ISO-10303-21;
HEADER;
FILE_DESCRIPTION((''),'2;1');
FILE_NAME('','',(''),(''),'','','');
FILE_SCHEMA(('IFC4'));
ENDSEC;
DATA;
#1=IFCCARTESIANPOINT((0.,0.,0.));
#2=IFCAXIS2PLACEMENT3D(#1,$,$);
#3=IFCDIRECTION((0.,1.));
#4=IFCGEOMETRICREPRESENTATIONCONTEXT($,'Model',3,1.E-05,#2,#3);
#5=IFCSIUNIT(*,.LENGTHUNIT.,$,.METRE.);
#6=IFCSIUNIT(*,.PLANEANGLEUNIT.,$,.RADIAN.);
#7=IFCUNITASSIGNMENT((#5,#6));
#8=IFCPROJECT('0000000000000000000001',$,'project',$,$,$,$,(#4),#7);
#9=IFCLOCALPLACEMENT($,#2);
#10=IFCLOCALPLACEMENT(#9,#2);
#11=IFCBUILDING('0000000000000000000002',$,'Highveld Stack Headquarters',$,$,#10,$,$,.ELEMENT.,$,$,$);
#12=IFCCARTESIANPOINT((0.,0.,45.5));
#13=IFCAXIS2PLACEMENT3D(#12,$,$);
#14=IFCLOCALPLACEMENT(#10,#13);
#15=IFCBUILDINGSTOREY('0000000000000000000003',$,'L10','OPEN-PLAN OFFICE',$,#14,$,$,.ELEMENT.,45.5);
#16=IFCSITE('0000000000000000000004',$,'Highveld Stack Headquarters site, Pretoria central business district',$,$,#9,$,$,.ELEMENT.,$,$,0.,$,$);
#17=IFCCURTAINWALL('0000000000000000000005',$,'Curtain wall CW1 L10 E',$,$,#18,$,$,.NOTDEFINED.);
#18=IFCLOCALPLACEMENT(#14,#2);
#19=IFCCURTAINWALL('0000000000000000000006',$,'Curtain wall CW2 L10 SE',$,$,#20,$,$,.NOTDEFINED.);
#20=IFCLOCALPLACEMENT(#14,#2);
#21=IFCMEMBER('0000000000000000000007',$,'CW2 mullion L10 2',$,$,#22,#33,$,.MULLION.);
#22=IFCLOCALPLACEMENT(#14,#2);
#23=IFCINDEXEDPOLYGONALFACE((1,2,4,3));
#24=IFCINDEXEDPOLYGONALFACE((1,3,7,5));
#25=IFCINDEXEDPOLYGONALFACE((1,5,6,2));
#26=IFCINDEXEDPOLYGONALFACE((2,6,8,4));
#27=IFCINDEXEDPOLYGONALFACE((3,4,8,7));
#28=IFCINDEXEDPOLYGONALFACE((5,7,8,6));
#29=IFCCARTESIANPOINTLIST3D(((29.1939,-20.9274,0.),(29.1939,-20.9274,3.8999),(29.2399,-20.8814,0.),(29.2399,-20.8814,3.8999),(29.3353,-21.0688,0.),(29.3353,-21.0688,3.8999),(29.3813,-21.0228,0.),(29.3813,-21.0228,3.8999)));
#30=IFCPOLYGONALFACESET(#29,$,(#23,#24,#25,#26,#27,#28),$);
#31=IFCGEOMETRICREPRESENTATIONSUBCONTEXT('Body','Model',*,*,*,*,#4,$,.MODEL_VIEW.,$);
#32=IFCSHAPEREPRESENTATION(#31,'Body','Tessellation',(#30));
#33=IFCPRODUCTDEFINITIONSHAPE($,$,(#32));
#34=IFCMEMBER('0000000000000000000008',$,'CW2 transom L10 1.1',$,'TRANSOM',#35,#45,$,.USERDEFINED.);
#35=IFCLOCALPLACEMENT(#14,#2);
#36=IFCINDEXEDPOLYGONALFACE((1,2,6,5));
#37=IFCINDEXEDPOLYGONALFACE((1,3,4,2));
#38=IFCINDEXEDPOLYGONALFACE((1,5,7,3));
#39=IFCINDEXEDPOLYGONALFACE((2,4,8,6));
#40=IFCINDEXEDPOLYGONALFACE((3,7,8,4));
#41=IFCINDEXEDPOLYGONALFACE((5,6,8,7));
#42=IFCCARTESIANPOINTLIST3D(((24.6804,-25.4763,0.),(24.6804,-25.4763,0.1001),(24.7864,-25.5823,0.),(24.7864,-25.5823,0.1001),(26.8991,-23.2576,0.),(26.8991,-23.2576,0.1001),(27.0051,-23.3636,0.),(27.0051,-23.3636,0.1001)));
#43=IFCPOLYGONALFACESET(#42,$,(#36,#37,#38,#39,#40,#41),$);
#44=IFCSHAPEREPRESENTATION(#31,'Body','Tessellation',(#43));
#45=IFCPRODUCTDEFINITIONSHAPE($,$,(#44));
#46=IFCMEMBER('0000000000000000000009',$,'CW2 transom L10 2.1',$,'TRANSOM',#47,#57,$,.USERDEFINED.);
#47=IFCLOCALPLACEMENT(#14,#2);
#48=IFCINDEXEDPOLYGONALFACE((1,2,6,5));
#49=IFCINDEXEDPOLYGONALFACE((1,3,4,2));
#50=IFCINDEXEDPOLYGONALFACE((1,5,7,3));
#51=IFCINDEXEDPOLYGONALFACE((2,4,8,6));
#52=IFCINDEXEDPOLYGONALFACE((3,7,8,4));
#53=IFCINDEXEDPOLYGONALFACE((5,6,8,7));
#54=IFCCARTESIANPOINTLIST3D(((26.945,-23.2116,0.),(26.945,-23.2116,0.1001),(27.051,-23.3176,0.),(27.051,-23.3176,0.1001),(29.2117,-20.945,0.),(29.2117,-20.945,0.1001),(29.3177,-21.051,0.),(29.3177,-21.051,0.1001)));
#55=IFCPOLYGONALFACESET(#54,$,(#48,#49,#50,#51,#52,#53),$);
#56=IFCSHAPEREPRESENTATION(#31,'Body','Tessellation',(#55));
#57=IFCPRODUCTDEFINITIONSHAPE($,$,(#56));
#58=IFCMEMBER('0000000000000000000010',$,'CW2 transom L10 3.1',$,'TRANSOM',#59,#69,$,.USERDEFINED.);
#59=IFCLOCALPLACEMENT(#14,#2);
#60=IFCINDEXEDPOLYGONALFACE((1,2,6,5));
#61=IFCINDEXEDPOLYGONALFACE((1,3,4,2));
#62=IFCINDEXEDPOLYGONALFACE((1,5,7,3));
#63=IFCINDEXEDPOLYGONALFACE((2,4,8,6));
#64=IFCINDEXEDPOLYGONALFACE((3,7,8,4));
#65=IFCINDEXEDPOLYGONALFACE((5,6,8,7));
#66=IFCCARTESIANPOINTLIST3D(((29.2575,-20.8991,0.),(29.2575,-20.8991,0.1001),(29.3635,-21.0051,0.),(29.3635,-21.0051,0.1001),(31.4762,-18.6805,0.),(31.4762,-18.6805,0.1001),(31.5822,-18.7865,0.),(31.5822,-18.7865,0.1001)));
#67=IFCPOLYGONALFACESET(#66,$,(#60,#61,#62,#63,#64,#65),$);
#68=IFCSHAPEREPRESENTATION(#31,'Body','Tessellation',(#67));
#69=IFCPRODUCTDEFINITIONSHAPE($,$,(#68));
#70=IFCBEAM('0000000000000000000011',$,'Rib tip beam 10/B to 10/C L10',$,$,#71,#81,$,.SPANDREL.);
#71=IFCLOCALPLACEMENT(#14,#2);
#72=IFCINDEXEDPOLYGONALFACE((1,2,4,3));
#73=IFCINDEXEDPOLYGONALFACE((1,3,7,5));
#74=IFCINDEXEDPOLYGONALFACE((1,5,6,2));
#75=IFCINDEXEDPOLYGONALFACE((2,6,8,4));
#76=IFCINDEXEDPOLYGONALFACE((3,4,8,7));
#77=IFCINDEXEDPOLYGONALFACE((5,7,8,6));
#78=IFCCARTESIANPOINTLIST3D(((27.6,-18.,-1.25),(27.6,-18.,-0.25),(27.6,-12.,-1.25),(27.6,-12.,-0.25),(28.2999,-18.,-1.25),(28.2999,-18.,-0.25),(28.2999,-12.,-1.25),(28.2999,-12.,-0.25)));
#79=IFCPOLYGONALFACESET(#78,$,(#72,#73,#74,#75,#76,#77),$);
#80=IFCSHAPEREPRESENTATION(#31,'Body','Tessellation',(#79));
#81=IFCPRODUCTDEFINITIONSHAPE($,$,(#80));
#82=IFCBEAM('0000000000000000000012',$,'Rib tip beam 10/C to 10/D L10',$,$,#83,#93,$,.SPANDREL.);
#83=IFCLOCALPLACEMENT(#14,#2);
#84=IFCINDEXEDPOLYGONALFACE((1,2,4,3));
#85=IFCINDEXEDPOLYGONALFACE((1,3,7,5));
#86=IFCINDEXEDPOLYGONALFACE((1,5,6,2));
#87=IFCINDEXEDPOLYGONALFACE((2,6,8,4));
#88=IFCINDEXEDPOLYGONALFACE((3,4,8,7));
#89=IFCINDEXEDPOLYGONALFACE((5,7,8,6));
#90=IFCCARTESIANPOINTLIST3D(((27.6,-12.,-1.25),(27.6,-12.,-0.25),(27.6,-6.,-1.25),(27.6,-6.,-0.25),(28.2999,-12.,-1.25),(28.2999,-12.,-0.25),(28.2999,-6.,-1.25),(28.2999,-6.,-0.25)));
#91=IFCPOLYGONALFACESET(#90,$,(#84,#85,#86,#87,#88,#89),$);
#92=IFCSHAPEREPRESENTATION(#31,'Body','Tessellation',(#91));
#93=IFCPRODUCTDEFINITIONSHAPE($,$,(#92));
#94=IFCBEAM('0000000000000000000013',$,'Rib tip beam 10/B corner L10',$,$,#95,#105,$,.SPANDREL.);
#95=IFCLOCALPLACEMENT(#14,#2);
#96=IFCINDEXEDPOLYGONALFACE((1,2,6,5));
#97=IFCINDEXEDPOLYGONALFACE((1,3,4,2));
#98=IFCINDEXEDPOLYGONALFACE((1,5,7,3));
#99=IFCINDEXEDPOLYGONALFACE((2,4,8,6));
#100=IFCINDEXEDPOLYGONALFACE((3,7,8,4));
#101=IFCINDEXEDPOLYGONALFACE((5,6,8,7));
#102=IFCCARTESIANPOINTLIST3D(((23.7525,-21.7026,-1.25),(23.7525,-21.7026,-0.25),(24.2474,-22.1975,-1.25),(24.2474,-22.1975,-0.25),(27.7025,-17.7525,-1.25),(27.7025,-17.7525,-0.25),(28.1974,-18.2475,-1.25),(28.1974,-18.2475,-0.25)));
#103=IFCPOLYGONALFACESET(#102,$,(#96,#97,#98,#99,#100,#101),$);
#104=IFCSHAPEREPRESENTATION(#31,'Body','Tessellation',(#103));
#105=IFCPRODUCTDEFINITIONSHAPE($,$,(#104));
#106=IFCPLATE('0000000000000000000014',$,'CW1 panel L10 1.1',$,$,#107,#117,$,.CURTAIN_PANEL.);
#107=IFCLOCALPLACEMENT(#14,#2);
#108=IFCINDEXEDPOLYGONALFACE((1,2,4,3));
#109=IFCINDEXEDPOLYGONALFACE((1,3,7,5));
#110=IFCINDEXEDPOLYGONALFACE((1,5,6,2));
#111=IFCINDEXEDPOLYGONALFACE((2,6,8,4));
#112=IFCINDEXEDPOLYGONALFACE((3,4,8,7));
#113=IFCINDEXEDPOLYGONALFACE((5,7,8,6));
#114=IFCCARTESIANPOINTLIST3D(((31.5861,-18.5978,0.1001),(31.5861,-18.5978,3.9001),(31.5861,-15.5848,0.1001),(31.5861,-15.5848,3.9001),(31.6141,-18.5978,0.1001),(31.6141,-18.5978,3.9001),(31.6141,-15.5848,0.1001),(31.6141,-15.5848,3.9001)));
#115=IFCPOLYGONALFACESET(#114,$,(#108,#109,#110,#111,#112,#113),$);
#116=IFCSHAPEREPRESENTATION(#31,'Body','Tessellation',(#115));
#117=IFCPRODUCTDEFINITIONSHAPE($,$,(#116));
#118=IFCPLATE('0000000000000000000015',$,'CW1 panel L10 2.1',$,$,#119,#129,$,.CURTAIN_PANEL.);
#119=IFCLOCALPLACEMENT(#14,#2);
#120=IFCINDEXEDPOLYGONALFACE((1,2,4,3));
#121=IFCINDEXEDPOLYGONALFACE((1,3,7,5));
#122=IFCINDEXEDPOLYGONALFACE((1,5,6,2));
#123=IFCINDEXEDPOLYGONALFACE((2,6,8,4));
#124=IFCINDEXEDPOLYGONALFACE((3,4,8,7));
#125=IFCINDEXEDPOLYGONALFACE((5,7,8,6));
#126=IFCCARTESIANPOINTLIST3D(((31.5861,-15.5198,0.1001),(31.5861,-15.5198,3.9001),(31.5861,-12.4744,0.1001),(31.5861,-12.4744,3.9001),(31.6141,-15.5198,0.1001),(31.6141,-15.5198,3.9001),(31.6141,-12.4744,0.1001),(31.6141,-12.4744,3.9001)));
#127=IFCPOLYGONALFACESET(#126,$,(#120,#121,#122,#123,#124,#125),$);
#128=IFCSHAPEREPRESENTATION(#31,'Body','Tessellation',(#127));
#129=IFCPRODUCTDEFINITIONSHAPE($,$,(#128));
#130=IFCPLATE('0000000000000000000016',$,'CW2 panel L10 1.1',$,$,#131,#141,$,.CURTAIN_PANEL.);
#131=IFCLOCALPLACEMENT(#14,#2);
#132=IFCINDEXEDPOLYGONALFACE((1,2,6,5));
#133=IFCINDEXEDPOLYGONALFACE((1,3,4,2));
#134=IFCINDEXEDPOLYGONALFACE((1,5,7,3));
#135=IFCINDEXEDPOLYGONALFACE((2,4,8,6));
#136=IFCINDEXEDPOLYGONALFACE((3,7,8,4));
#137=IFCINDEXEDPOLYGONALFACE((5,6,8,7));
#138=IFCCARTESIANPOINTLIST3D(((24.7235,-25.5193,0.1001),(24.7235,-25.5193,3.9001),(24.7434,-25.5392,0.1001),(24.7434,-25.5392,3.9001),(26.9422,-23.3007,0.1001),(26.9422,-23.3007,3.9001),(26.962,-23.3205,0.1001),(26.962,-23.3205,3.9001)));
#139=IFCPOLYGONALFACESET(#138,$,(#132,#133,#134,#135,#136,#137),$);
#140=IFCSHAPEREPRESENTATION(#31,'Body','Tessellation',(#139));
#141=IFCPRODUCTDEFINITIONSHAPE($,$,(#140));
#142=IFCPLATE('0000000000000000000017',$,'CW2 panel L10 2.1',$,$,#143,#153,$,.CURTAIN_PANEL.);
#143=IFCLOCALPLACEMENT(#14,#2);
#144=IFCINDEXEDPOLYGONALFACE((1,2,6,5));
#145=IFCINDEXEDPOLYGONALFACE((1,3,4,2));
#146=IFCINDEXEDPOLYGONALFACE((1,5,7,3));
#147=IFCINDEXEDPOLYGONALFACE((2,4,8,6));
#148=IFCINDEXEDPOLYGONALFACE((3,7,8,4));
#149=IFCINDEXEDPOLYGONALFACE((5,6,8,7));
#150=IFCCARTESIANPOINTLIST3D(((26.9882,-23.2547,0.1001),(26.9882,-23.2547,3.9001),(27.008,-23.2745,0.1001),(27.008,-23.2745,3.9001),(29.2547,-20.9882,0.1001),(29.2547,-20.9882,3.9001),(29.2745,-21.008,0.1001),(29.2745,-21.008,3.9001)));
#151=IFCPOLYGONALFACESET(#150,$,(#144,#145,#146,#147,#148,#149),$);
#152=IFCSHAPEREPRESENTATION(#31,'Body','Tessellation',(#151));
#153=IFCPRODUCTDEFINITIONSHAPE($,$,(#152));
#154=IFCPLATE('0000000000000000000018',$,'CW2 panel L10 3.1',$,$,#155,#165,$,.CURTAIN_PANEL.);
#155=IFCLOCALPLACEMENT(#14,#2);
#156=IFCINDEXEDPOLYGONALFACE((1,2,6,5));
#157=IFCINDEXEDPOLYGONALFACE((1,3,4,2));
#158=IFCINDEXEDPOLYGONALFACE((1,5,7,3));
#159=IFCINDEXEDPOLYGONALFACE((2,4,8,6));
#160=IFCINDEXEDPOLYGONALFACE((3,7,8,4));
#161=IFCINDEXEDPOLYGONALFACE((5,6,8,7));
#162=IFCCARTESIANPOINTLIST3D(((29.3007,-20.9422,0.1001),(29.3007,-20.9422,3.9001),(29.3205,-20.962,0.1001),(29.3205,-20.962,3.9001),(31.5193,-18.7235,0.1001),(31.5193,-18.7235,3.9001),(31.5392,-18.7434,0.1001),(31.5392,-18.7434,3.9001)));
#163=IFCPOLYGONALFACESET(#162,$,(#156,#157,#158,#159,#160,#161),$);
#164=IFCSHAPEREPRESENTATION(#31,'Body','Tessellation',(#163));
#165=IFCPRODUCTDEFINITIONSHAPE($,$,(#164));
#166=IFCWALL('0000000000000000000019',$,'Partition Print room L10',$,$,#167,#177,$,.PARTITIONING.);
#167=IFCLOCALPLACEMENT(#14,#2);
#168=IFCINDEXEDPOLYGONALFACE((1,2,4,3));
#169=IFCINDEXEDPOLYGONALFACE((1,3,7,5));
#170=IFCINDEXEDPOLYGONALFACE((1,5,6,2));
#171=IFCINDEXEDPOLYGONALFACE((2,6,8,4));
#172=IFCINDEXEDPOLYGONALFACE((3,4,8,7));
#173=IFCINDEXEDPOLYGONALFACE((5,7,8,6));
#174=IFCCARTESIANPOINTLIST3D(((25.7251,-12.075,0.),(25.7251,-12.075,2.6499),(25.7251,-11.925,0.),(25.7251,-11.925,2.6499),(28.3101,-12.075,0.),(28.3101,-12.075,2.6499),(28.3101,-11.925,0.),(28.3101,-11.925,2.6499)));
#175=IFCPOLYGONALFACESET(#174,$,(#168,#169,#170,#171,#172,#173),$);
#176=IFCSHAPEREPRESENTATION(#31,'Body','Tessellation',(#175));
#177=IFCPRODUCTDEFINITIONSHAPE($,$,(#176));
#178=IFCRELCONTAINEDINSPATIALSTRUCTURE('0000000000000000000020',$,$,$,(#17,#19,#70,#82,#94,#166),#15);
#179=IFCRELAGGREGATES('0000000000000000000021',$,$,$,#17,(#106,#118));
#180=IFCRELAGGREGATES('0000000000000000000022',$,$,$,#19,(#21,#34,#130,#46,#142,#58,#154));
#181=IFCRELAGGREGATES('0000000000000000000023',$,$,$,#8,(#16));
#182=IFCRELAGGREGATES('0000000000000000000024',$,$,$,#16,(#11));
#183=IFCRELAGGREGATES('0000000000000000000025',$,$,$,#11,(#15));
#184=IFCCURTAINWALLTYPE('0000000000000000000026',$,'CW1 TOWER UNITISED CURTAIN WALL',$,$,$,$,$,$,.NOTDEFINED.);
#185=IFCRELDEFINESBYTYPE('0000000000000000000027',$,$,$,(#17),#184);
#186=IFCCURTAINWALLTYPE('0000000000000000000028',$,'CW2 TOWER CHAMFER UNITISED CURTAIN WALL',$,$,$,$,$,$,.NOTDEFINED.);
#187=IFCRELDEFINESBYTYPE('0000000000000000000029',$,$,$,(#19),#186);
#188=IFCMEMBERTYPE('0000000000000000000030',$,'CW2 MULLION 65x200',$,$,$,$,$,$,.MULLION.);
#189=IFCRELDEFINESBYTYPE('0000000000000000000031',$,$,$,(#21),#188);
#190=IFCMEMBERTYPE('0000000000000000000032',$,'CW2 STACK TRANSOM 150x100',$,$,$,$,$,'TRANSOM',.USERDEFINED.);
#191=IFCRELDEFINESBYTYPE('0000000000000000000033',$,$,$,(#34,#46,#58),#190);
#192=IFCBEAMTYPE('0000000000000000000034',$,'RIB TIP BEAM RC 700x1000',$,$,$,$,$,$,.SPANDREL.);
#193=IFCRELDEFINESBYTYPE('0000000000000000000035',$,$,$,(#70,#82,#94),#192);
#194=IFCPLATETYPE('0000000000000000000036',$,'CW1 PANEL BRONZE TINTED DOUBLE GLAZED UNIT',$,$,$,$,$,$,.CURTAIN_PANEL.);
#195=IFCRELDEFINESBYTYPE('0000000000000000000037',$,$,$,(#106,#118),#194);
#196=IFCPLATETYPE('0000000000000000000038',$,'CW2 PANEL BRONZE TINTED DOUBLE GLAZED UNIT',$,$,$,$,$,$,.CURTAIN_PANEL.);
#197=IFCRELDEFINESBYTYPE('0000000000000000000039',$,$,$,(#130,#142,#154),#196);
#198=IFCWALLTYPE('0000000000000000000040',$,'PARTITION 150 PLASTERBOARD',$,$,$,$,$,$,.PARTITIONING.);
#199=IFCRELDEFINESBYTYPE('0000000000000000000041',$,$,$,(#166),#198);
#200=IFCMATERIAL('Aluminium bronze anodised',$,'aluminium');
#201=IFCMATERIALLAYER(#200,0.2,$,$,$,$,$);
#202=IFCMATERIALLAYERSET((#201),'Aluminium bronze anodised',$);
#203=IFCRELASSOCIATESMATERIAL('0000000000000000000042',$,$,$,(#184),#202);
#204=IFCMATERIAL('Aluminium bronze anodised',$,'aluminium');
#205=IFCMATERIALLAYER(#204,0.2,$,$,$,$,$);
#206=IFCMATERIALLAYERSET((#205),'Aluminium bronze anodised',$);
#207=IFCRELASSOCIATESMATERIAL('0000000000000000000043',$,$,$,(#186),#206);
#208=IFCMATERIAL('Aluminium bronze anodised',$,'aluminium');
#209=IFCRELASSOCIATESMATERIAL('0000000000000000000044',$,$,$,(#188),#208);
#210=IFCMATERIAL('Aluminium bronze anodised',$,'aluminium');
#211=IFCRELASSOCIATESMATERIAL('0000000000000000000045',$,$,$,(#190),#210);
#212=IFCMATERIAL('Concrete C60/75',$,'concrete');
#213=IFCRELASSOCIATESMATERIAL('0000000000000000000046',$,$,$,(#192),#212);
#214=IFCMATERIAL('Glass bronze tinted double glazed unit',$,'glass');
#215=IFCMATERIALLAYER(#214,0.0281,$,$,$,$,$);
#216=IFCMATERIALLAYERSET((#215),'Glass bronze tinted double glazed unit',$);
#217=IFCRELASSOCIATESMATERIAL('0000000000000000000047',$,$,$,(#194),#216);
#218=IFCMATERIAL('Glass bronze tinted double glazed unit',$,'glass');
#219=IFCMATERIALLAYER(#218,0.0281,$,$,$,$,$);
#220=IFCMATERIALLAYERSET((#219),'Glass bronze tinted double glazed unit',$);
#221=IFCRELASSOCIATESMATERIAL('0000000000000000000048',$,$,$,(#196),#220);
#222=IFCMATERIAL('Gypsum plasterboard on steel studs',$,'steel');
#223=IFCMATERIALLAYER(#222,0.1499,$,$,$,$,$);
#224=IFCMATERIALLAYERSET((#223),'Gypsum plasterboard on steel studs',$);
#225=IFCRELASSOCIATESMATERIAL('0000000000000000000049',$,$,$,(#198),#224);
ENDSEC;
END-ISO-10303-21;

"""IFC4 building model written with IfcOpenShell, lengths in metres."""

from ifc_helpers import new_model, si_unit, direction, frame, frame_2d, origin, origin_2d, place, context, subcontext, project, spatial, rectangle, extrude, material, layer, layer_set, material_profile, profile_set, type_object, element, aggregate, save


model = new_model("IFC4")

# Units and contexts
model_context = context("Model", 3, precision=1e-05, world=origin(), true_north=direction((0.0, 1.0)))
body_context = subcontext(model_context, "Body", "Model", "MODEL_VIEW")
ifc_project = project(units=[si_unit("LENGTHUNIT", "METRE"), si_unit("PLANEANGLEUNIT", "RADIAN")], contexts=[model_context])

# Site, building, storey
site_placement = place(None, origin())
site = spatial("IfcSite", under=ifc_project, at=site_placement, Name="Highveld Stack Headquarters site, Pretoria central business district", CompositionType="ELEMENT", RefElevation=0.0)
building_placement = place(site_placement, origin())
building = spatial("IfcBuilding", under=site, at=building_placement, Name="Highveld Stack Headquarters", CompositionType="ELEMENT")
storey_placement = place(building_placement, frame((0.0, 0.0, 45.5)))
storey = spatial("IfcBuildingStorey", under=building, at=storey_placement, Name="L10", Description="OPEN-PLAN OFFICE", CompositionType="ELEMENT", Elevation=45.5)

# Shared definitions
ifc_material_1 = material(Name="Aluminium bronze anodised", Category="aluminium")
ifc_layer_1 = layer(ifc_material_1, 0.2)
ifc_layer_set_1 = layer_set([ifc_layer_1], Name="Aluminium bronze anodised")
curtain_wall_type_1 = type_object("IfcCurtainWallType", Name="CW1 TOWER UNITISED CURTAIN WALL", PredefinedType="NOTDEFINED", material=ifc_layer_set_1)

# Curtain wall
curtain_wall_1_placement = place(storey_placement, origin())
curtain_wall_1 = element("IfcCurtainWall", 1, at=curtain_wall_1_placement, inside=storey, type_object=curtain_wall_type_1, Name="Curtain wall CW1 L10 E", PredefinedType="NOTDEFINED")

# Curtain wall, members
ifc_material_2 = material(Name="Aluminium bronze anodised", Category="aluminium")
ifc_layer_2 = layer(ifc_material_2, 0.2)
ifc_layer_set_2 = layer_set([ifc_layer_2], Name="Aluminium bronze anodised")
curtain_wall_type_2 = type_object("IfcCurtainWallType", Name="CW2 TOWER CHAMFER UNITISED CURTAIN WALL", PredefinedType="NOTDEFINED", material=ifc_layer_set_2)
curtain_wall_2_placement = place(storey_placement, origin())
curtain_wall_2 = element("IfcCurtainWall", 2, at=curtain_wall_2_placement, inside=storey, type_object=curtain_wall_type_2, Name="Curtain wall CW2 L10 SE", PredefinedType="NOTDEFINED")
ifc_material_3 = material(Name="Aluminium bronze anodised", Category="aluminium")
ifc_material_profile_1 = material_profile(ifc_material_3, rectangle(XDim=0.2, YDim=0.0649, at=origin_2d()), Name="CW2 MULLION 65x200")
ifc_profile_set_1 = profile_set([ifc_material_profile_1], Name="Aluminium bronze anodised")
member_type_1 = type_object("IfcMemberType", Name="CW2 MULLION 65x200", PredefinedType="MULLION", material=ifc_profile_set_1)
member_1_placement = place(storey_placement, frame((29.2876, -20.9751, 0.0), z_axis=(0.0, 0.0, 1.0), x_axis=(-0.707107, 0.707107, 0.0)))
member_1 = element("IfcMember", 3, at=member_1_placement, type_object=member_type_1, Name="CW2 mullion L10 2", PredefinedType="MULLION", context=body_context, shape_type="SweptSolid", body=[
    extrude(rectangle(XDim=0.2, YDim=0.0649, at=origin_2d()), origin(), (0.0, 0.0, 1.0), 3.8999),
])
ifc_material_4 = material(Name="Aluminium bronze anodised", Category="aluminium")
ifc_material_profile_2 = material_profile(ifc_material_4, rectangle(XDim=0.1499, YDim=0.1001, at=origin_2d()), Name="CW2 TRANSOM 150x100")
ifc_profile_set_2 = profile_set([ifc_material_profile_2], Name="Aluminium bronze anodised")
member_type_2 = type_object("IfcMemberType", Name="CW2 STACK TRANSOM 150x100", ElementType="TRANSOM", PredefinedType="USERDEFINED", material=ifc_profile_set_2)
member_2_placement = place(storey_placement, frame((24.7334, -25.5293, 0.05), z_axis=(0.707107, 0.707107, 0.0), x_axis=(-0.707107, 0.707107, 0.0)))
member_2 = element("IfcMember", 4, at=member_2_placement, type_object=member_type_2, Name="CW2 transom L10 1.1", ObjectType="TRANSOM", PredefinedType="USERDEFINED", context=body_context, shape_type="SweptSolid", body=[
    extrude(rectangle(XDim=0.1499, YDim=0.1001, at=origin_2d()), origin(), (0.0, 0.0, 1.0), 3.1377),
])
member_3_placement = place(storey_placement, frame((26.998, -23.2646, 0.05), z_axis=(0.707107, 0.707107, 0.0), x_axis=(-0.707107, 0.707107, 0.0)))
member_3 = element("IfcMember", 5, at=member_3_placement, type_object=member_type_2, Name="CW2 transom L10 2.1", ObjectType="TRANSOM", PredefinedType="USERDEFINED", context=body_context, shape_type="SweptSolid", body=[
    extrude(rectangle(XDim=0.1499, YDim=0.1001, at=origin_2d()), origin(), (0.0, 0.0, 1.0), 3.2056),
])
member_4_placement = place(storey_placement, frame((29.3105, -20.9521, 0.05), z_axis=(0.707107, 0.707107, 0.0), x_axis=(-0.707107, 0.707107, 0.0)))
member_4 = element("IfcMember", 6, at=member_4_placement, type_object=member_type_2, Name="CW2 transom L10 3.1", ObjectType="TRANSOM", PredefinedType="USERDEFINED", context=body_context, shape_type="SweptSolid", body=[
    extrude(rectangle(XDim=0.1499, YDim=0.1001, at=origin_2d()), origin(), (0.0, 0.0, 1.0), 3.1377),
])

# Beams
ifc_material_5 = material(Name="Concrete C60/75", Category="concrete")
ifc_material_profile_3 = material_profile(ifc_material_5, rectangle(XDim=0.7, YDim=1.0, at=origin_2d()), Name="RC 700x1000")
ifc_profile_set_3 = profile_set([ifc_material_profile_3], Name="Concrete C60/75")
beam_type = type_object("IfcBeamType", Name="RIB TIP BEAM RC 700x1000", PredefinedType="SPANDREL", material=ifc_profile_set_3)
for number, where, z_axis, x_axis, name in (
    (7, (27.95, -18.0, -0.75), (0.0, 1.0, 0.0), (-1.0, 0.0, 0.0), "Rib tip beam 10/B to 10/C L10"),
    (8, (27.95, -12.0, -0.75), (0.0, 1.0, 0.0), (-1.0, 0.0, 0.0), "Rib tip beam 10/C to 10/D L10"),
):
    element("IfcBeam", number, at=place(storey_placement, frame(where, z_axis=z_axis, x_axis=x_axis)), inside=storey, type_object=beam_type, Name=name, PredefinedType="SPANDREL", context=body_context, shape_type="SweptSolid", body=[
        extrude(rectangle(XDim=0.7, YDim=1.0, at=origin_2d()), origin(), (0.0, 0.0, 1.0), 6.0),
    ])
beam_placement = place(storey_placement, frame((27.95, -18.0, -0.75), z_axis=(-0.707107, -0.707107, 0.0), x_axis=(0.707107, -0.707107, 0.0)))
element("IfcBeam", 9, at=beam_placement, inside=storey, type_object=beam_type, Name="Rib tip beam 10/B corner L10", PredefinedType="SPANDREL", context=body_context, shape_type="SweptSolid", body=[
    extrude(rectangle(XDim=0.7, YDim=1.0, at=origin_2d()), origin(), (0.0, 0.0, 1.0), 5.5862),
])

# Plates
ifc_material_6 = material(Name="Glass bronze tinted double glazed unit", Category="glass")
ifc_layer_3 = layer(ifc_material_6, 0.0281)
ifc_layer_set_3 = layer_set([ifc_layer_3], Name="Glass bronze tinted double glazed unit")
plate_type_1 = type_object("IfcPlateType", Name="CW1 PANEL BRONZE TINTED DOUBLE GLAZED UNIT", PredefinedType="CURTAIN_PANEL", material=ifc_layer_set_3)
plate_1_placement = place(storey_placement, frame((31.6001, -17.0913, 0.1001), z_axis=(0.0, 0.0, 1.0), x_axis=(0.0, 1.0, 0.0)))
plate_1 = element("IfcPlate", 10, at=plate_1_placement, type_object=plate_type_1, Name="CW1 panel L10 1.1", PredefinedType="CURTAIN_PANEL", context=body_context, shape_type="SweptSolid", body=[
    extrude(rectangle(XDim=3.0129, YDim=0.0281, at=origin_2d()), origin(), (0.0, 0.0, 1.0), 3.8),
])
plate_2_placement = place(storey_placement, frame((31.6001, -13.9971, 0.1001), z_axis=(0.0, 0.0, 1.0), x_axis=(0.0, 1.0, 0.0)))
plate_2 = element("IfcPlate", 11, at=plate_2_placement, type_object=plate_type_1, Name="CW1 panel L10 2.1", PredefinedType="CURTAIN_PANEL", context=body_context, shape_type="SweptSolid", body=[
    extrude(rectangle(XDim=3.0454, YDim=0.0281, at=origin_2d()), origin(), (0.0, 0.0, 1.0), 3.8),
])
aggregate(curtain_wall_1, [plate_1, plate_2])
ifc_material_7 = material(Name="Glass bronze tinted double glazed unit", Category="glass")
ifc_layer_4 = layer(ifc_material_7, 0.0281)
ifc_layer_set_4 = layer_set([ifc_layer_4], Name="Glass bronze tinted double glazed unit")
plate_type_2 = type_object("IfcPlateType", Name="CW2 PANEL BRONZE TINTED DOUBLE GLAZED UNIT", PredefinedType="CURTAIN_PANEL", material=ifc_layer_set_4)
plate_3_placement = place(storey_placement, frame((25.8428, -24.4199, 0.1001), z_axis=(0.0, 0.0, 1.0), x_axis=(0.707107, 0.707107, 0.0)))
plate_3 = element("IfcPlate", 12, at=plate_3_placement, type_object=plate_type_2, Name="CW2 panel L10 1.1", PredefinedType="CURTAIN_PANEL", context=body_context, shape_type="SweptSolid", body=[
    extrude(rectangle(XDim=3.1377, YDim=0.0281, at=origin_2d()), origin(), (0.0, 0.0, 1.0), 3.8),
])
plate_4_placement = place(storey_placement, frame((28.1313, -22.1313, 0.1001), z_axis=(0.0, 0.0, 1.0), x_axis=(0.707107, 0.707107, 0.0)))
plate_4 = element("IfcPlate", 13, at=plate_4_placement, type_object=plate_type_2, Name="CW2 panel L10 2.1", PredefinedType="CURTAIN_PANEL", context=body_context, shape_type="SweptSolid", body=[
    extrude(rectangle(XDim=3.2053, YDim=0.0281, at=origin_2d()), origin(), (0.0, 0.0, 1.0), 3.8),
])
plate_5_placement = place(storey_placement, frame((30.4199, -19.8428, 0.1001), z_axis=(0.0, 0.0, 1.0), x_axis=(0.707107, 0.707107, 0.0)))
plate_5 = element("IfcPlate", 14, at=plate_5_placement, type_object=plate_type_2, Name="CW2 panel L10 3.1", PredefinedType="CURTAIN_PANEL", context=body_context, shape_type="SweptSolid", body=[
    extrude(rectangle(XDim=3.1377, YDim=0.0281, at=origin_2d()), origin(), (0.0, 0.0, 1.0), 3.8),
])
aggregate(curtain_wall_2, [member_1, member_2, plate_3, member_3, plate_4, member_4, plate_5])

# Wall
ifc_material_8 = material(Name="Gypsum plasterboard on steel studs", Category="steel")
ifc_layer_5 = layer(ifc_material_8, 0.1499)
ifc_layer_set_5 = layer_set([ifc_layer_5], Name="Gypsum plasterboard on steel studs")
wall_type = type_object("IfcWallType", Name="PARTITION 150 PLASTERBOARD", PredefinedType="PARTITIONING", material=ifc_layer_set_5)
wall_placement = place(storey_placement, frame((25.7251, -12.0, 0.0), z_axis=(0.0, 0.0, 1.0), x_axis=(1.0, 0.0, 0.0)))
element("IfcWall", 15, at=wall_placement, inside=storey, type_object=wall_type, Name="Partition Print room L10", PredefinedType="PARTITIONING", context=body_context, shape_type="SweptSolid", body=[
    extrude(rectangle(XDim=2.585, YDim=0.1499, at=frame_2d((1.2925, 0.0))), origin(), (0.0, 0.0, 1.0), 2.6499),
])

save(model, "model.ifc")
